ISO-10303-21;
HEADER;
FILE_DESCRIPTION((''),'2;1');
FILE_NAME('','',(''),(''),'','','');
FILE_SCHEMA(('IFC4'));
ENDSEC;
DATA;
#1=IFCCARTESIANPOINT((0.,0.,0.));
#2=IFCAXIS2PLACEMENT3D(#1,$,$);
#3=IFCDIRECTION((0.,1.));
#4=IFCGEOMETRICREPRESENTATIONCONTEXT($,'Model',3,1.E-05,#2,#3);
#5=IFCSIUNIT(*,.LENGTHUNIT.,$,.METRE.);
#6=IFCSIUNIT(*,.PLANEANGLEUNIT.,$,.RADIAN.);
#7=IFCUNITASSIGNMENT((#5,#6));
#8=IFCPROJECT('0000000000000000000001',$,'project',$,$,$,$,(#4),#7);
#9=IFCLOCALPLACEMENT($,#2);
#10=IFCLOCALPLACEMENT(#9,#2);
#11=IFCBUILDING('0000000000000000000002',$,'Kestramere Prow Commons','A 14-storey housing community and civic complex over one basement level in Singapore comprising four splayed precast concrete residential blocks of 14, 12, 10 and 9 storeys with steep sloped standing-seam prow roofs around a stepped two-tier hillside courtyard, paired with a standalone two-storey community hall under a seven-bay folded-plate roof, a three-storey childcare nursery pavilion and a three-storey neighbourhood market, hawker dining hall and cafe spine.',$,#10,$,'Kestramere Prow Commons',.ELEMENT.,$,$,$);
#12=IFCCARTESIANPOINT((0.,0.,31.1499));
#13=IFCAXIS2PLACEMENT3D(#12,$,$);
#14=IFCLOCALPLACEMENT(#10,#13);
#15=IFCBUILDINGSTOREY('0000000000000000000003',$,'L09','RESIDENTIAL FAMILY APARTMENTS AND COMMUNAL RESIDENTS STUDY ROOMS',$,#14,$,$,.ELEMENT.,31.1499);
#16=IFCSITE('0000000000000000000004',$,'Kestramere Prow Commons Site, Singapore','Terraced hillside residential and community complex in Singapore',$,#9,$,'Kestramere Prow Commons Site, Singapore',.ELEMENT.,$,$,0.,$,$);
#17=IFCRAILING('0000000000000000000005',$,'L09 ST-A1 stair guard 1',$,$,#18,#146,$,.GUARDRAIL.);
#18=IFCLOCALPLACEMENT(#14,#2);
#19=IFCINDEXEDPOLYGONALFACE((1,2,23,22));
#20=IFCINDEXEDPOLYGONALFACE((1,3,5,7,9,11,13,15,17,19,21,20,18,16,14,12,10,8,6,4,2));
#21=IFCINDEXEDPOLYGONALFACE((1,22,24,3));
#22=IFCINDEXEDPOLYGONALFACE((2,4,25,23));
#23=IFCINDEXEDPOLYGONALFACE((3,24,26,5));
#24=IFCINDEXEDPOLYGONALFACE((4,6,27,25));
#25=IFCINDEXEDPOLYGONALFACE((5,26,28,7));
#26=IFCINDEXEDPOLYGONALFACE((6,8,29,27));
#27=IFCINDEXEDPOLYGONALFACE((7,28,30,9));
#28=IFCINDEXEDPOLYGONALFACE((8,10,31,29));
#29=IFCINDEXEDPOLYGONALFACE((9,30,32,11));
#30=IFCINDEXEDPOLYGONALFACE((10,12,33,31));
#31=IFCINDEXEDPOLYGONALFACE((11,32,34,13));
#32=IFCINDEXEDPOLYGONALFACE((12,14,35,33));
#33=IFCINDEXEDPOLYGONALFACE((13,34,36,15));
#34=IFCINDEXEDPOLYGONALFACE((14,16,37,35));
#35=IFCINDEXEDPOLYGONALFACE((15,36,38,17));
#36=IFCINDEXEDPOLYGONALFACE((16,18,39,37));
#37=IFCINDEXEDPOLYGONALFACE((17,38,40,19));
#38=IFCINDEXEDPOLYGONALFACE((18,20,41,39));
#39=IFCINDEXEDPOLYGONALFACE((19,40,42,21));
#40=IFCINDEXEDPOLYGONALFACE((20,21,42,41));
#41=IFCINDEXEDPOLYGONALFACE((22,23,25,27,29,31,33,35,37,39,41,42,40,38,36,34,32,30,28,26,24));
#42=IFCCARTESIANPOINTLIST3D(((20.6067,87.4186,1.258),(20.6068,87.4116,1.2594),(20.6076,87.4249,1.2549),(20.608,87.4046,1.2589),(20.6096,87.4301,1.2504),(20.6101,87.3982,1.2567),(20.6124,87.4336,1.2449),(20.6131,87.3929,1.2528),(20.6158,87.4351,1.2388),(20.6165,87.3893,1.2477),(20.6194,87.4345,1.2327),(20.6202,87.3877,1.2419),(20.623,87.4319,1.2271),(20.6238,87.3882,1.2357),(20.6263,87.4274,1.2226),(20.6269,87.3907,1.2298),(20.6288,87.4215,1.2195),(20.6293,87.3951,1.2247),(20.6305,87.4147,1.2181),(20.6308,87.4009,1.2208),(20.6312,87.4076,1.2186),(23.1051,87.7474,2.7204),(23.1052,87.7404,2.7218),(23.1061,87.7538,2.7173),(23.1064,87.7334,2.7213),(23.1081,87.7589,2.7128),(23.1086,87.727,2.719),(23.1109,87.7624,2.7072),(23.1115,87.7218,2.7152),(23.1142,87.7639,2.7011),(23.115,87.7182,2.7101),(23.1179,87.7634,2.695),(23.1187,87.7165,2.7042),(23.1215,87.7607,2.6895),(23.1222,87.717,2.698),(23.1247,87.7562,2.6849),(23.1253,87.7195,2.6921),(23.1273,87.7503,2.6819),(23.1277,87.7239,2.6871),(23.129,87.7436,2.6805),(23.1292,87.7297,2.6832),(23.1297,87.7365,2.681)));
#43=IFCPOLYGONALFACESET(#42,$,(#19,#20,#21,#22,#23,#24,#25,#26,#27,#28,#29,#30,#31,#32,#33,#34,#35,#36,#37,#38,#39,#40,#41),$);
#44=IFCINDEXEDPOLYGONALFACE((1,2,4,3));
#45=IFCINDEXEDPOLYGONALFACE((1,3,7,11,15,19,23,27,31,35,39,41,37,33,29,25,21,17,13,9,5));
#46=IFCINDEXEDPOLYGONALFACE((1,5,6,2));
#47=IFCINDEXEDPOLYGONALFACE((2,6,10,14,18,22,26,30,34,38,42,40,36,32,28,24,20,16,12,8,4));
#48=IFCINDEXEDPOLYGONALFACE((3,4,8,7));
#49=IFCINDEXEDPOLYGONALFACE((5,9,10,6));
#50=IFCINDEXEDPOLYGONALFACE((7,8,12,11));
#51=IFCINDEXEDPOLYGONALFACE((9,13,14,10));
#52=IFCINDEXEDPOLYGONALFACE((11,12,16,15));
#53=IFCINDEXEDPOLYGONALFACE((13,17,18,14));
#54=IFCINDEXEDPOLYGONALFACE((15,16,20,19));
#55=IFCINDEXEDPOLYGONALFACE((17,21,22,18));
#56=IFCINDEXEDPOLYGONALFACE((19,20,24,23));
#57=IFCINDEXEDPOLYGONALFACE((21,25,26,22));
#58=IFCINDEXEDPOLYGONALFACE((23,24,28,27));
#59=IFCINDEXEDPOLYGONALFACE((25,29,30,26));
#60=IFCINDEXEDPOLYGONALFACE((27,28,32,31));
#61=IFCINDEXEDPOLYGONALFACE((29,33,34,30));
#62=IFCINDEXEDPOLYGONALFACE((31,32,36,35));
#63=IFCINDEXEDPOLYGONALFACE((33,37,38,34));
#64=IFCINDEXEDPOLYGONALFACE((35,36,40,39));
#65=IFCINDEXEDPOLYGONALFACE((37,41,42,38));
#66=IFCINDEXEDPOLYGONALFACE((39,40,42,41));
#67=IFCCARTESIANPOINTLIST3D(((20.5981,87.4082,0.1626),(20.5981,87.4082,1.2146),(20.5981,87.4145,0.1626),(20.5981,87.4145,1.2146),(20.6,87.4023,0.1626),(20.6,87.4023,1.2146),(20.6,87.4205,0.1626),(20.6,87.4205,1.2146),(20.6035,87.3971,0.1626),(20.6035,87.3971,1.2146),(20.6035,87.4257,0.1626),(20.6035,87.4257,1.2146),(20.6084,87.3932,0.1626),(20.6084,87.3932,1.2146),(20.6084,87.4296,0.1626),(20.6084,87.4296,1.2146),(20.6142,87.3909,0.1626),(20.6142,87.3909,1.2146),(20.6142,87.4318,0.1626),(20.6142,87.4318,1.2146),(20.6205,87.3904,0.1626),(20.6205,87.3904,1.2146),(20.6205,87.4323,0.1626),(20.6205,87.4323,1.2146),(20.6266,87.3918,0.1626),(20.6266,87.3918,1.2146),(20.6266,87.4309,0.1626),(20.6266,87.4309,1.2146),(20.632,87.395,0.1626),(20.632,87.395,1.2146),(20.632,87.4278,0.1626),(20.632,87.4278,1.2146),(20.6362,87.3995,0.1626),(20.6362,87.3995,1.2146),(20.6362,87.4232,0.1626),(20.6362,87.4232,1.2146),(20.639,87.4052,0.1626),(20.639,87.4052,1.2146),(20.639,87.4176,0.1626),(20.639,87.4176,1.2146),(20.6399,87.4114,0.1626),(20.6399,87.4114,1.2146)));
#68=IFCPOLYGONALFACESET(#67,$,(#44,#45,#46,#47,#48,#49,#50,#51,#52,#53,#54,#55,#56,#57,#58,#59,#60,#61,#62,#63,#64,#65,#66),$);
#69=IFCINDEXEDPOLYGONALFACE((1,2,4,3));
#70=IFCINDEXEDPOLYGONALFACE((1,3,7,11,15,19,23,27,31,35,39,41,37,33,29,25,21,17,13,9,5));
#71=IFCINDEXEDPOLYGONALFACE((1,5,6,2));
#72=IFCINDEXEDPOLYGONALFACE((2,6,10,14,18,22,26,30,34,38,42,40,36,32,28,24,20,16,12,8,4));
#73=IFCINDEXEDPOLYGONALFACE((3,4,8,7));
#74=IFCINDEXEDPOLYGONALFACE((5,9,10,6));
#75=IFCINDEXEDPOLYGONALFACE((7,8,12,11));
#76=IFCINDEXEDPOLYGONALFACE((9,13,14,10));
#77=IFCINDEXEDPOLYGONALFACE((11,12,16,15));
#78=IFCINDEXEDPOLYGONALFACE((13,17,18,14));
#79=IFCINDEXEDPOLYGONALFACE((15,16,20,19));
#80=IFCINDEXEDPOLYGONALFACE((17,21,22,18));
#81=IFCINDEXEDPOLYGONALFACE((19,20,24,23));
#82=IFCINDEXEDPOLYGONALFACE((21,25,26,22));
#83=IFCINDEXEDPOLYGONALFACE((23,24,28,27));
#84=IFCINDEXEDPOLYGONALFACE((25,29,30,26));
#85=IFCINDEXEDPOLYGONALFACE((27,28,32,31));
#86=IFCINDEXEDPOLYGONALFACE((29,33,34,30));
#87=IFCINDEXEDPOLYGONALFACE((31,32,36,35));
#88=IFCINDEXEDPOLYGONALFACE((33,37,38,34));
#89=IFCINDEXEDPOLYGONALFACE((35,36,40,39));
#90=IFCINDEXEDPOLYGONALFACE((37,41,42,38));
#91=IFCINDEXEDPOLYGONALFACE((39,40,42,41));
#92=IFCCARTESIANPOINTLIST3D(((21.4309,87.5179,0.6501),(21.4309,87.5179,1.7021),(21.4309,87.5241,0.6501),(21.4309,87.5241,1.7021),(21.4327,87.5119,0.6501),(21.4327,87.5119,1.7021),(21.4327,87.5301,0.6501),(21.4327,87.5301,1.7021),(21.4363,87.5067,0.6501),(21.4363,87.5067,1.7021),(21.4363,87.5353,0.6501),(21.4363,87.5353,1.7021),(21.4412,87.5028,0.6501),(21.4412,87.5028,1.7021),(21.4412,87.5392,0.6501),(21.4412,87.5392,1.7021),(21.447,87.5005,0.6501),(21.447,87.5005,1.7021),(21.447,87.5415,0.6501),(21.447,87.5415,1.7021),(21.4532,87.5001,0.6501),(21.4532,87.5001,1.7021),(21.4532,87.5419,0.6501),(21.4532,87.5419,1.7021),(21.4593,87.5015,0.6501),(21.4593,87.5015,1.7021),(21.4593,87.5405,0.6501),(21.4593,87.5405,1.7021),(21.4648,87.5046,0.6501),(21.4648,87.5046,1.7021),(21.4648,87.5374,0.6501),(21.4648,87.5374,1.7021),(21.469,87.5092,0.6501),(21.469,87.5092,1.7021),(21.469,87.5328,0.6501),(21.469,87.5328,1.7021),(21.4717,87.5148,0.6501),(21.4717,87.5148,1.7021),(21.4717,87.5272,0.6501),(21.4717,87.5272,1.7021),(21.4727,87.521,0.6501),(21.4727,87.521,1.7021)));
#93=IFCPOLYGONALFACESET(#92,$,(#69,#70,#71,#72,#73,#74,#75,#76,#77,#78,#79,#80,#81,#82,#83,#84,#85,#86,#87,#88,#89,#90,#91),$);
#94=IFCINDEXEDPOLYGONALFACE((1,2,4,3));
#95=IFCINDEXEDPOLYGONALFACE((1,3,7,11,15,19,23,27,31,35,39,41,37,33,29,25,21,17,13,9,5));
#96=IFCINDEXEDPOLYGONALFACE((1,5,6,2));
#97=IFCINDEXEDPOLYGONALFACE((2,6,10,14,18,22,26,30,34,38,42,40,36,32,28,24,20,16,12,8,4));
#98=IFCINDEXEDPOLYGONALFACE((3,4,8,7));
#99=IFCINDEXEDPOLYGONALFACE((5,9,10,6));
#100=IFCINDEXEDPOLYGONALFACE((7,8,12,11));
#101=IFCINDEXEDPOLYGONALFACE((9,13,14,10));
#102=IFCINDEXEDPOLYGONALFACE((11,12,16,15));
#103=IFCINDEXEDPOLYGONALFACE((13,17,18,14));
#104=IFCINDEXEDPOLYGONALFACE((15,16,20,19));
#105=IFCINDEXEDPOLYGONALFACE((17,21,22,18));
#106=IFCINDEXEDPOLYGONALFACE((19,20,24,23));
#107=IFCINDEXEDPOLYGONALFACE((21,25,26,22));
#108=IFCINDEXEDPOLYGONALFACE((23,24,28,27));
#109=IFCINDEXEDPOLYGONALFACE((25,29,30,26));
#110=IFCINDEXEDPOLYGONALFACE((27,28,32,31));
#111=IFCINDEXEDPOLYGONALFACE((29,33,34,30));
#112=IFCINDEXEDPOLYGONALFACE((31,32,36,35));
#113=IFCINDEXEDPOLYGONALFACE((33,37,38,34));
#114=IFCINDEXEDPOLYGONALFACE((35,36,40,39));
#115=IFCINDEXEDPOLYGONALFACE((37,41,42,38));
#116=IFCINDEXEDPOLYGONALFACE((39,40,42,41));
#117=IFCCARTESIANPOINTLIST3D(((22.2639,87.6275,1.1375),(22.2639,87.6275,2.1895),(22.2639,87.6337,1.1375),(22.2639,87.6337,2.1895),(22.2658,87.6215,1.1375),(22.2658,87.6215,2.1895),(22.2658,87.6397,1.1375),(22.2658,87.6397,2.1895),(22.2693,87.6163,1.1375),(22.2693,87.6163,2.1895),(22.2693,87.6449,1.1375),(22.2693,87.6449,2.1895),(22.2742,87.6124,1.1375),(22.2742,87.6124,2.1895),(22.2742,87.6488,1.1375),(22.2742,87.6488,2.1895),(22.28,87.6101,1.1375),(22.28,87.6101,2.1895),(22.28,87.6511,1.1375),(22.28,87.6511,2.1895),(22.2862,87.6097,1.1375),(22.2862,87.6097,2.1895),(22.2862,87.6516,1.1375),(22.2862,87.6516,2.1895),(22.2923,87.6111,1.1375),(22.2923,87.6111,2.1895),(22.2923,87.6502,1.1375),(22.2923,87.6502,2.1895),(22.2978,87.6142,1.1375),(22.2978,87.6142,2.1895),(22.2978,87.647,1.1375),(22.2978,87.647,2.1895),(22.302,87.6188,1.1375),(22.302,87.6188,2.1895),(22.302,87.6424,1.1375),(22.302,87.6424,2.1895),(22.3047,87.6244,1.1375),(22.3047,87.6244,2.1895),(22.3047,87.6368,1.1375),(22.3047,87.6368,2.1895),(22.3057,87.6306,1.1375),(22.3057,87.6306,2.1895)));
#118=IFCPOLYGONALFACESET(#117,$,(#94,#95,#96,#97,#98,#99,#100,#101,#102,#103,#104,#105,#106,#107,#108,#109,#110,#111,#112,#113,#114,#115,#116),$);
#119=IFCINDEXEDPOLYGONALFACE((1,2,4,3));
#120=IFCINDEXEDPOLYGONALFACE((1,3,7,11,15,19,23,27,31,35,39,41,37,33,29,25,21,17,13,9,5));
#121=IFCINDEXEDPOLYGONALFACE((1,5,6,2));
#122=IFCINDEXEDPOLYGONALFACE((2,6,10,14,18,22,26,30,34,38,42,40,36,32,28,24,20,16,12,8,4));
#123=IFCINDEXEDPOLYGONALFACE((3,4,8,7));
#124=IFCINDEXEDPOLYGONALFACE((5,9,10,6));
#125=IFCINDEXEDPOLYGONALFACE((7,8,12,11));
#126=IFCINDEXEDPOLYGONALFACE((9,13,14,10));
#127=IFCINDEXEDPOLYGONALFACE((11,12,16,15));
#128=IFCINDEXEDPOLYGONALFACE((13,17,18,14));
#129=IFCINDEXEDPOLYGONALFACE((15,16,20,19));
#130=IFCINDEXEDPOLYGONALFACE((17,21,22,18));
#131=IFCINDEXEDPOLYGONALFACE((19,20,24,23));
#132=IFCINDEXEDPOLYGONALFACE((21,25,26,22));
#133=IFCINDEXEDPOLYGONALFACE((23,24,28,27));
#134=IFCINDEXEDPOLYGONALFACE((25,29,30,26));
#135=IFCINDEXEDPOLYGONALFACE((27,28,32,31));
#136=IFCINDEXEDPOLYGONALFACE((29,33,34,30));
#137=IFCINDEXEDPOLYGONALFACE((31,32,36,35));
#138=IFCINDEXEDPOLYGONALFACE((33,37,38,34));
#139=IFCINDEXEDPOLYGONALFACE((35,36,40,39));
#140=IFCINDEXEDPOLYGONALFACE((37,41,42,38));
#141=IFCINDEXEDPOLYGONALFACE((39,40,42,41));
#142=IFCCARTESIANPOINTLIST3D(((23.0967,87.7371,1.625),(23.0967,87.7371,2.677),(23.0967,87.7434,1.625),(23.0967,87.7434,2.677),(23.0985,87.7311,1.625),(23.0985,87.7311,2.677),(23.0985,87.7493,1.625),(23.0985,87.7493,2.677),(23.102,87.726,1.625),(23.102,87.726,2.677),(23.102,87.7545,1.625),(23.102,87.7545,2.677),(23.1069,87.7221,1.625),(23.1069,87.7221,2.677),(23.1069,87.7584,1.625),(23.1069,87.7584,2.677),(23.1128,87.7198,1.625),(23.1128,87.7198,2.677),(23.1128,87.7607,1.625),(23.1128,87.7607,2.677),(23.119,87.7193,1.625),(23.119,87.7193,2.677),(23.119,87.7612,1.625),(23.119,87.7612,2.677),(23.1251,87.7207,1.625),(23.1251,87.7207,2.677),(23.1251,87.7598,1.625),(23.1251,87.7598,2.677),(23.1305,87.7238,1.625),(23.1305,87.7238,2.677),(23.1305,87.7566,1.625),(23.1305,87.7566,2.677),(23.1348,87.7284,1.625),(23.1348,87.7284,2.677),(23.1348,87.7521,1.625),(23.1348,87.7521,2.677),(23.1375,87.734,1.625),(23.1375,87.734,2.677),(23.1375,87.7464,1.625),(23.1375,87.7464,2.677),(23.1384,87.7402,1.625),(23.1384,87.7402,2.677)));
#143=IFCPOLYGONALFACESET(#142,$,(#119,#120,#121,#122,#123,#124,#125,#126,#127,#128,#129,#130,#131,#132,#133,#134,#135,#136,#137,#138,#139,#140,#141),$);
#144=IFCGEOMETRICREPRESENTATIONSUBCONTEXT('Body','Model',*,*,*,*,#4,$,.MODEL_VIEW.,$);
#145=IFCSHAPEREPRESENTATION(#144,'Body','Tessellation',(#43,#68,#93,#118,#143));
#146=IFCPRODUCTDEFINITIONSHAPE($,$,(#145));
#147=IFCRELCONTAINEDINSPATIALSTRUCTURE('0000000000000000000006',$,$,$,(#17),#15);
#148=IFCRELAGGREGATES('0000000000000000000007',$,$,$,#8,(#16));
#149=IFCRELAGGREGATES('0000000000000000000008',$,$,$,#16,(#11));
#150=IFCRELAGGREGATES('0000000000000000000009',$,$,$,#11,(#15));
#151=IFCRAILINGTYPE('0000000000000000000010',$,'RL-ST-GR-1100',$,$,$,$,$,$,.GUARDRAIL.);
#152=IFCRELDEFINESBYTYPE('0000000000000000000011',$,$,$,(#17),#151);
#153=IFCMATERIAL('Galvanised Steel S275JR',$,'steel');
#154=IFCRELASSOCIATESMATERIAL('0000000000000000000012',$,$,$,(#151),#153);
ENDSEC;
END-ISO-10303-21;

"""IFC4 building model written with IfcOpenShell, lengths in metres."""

from ifc_helpers import new_model, si_unit, direction, frame, origin, origin_2d, place, context, subcontext, project, spatial, circle, extrude, material, type_object, element, save


model = new_model("IFC4")

# Units and contexts
model_context = context("Model", 3, precision=1e-05, world=origin(), true_north=direction((0.0, 1.0)))
body_context = subcontext(model_context, "Body", "Model", "MODEL_VIEW")
ifc_project = project(units=[si_unit("LENGTHUNIT", "METRE"), si_unit("PLANEANGLEUNIT", "RADIAN")], contexts=[model_context])

# Site, building, storey
site_placement = place(None, origin())
site = spatial("IfcSite", under=ifc_project, at=site_placement, Name="Kestramere Prow Commons Site, Singapore", Description="Terraced hillside residential and community complex in Singapore", LongName="Kestramere Prow Commons Site, Singapore", CompositionType="ELEMENT", RefElevation=0.0)
building_placement = place(site_placement, origin())
building = spatial("IfcBuilding", under=site, at=building_placement, Name="Kestramere Prow Commons", Description="A 14-storey housing community and civic complex over one basement level in Singapore comprising four splayed precast concrete residential blocks of 14, 12, 10 and 9 storeys with steep sloped standing-seam prow roofs around a stepped two-tier hillside courtyard, paired with a standalone two-storey community hall under a seven-bay folded-plate roof, a three-storey childcare nursery pavilion and a three-storey neighbourhood market, hawker dining hall and cafe spine.", LongName="Kestramere Prow Commons", CompositionType="ELEMENT")
storey_placement = place(building_placement, frame((0.0, 0.0, 31.1499)))
storey = spatial("IfcBuildingStorey", under=building, at=storey_placement, Name="L09", Description="RESIDENTIAL FAMILY APARTMENTS AND COMMUNAL RESIDENTS STUDY ROOMS", CompositionType="ELEMENT", Elevation=31.1499)

# Railing
ifc_material_1 = material(Name="Galvanised Steel S275JR", Category="steel")
railing_type_1 = type_object("IfcRailingType", Name="RL-ST-GR-1100", PredefinedType="GUARDRAIL", material=ifc_material_1)
railing_1_placement = place(storey_placement, frame((20.6189, 87.4114, 0.1626)))
element("IfcRailing", 1, at=railing_1_placement, inside=storey, type_object=railing_type_1, Name="L09 ST-A1 stair guard 1", PredefinedType="GUARDRAIL", context=body_context, shape_type="SweptSolid", body=[
    extrude(circle(Radius=0.0239, at=origin_2d()), frame((0.0, 0.0, 1.0762), z_axis=(0.857523, 0.112867, 0.501912), x_axis=(-0.130495, 0.991449, 0.0)), (0.0, 0.0, 1.0), 2.9136),
    extrude(circle(Radius=0.021, at=origin_2d()), origin(), (0.0, 0.0, 1.0), 1.052),
    extrude(circle(Radius=0.021, at=origin_2d()), frame((0.8328, 0.1096, 0.4875)), (0.0, 0.0, 1.0), 1.052),
    extrude(circle(Radius=0.021, at=origin_2d()), frame((1.6658, 0.2192, 0.9749)), (0.0, 0.0, 1.0), 1.052),
    extrude(circle(Radius=0.021, at=origin_2d()), frame((2.4985, 0.3289, 1.4624)), (0.0, 0.0, 1.0), 1.052),
])

save(model, "model.ifc")
